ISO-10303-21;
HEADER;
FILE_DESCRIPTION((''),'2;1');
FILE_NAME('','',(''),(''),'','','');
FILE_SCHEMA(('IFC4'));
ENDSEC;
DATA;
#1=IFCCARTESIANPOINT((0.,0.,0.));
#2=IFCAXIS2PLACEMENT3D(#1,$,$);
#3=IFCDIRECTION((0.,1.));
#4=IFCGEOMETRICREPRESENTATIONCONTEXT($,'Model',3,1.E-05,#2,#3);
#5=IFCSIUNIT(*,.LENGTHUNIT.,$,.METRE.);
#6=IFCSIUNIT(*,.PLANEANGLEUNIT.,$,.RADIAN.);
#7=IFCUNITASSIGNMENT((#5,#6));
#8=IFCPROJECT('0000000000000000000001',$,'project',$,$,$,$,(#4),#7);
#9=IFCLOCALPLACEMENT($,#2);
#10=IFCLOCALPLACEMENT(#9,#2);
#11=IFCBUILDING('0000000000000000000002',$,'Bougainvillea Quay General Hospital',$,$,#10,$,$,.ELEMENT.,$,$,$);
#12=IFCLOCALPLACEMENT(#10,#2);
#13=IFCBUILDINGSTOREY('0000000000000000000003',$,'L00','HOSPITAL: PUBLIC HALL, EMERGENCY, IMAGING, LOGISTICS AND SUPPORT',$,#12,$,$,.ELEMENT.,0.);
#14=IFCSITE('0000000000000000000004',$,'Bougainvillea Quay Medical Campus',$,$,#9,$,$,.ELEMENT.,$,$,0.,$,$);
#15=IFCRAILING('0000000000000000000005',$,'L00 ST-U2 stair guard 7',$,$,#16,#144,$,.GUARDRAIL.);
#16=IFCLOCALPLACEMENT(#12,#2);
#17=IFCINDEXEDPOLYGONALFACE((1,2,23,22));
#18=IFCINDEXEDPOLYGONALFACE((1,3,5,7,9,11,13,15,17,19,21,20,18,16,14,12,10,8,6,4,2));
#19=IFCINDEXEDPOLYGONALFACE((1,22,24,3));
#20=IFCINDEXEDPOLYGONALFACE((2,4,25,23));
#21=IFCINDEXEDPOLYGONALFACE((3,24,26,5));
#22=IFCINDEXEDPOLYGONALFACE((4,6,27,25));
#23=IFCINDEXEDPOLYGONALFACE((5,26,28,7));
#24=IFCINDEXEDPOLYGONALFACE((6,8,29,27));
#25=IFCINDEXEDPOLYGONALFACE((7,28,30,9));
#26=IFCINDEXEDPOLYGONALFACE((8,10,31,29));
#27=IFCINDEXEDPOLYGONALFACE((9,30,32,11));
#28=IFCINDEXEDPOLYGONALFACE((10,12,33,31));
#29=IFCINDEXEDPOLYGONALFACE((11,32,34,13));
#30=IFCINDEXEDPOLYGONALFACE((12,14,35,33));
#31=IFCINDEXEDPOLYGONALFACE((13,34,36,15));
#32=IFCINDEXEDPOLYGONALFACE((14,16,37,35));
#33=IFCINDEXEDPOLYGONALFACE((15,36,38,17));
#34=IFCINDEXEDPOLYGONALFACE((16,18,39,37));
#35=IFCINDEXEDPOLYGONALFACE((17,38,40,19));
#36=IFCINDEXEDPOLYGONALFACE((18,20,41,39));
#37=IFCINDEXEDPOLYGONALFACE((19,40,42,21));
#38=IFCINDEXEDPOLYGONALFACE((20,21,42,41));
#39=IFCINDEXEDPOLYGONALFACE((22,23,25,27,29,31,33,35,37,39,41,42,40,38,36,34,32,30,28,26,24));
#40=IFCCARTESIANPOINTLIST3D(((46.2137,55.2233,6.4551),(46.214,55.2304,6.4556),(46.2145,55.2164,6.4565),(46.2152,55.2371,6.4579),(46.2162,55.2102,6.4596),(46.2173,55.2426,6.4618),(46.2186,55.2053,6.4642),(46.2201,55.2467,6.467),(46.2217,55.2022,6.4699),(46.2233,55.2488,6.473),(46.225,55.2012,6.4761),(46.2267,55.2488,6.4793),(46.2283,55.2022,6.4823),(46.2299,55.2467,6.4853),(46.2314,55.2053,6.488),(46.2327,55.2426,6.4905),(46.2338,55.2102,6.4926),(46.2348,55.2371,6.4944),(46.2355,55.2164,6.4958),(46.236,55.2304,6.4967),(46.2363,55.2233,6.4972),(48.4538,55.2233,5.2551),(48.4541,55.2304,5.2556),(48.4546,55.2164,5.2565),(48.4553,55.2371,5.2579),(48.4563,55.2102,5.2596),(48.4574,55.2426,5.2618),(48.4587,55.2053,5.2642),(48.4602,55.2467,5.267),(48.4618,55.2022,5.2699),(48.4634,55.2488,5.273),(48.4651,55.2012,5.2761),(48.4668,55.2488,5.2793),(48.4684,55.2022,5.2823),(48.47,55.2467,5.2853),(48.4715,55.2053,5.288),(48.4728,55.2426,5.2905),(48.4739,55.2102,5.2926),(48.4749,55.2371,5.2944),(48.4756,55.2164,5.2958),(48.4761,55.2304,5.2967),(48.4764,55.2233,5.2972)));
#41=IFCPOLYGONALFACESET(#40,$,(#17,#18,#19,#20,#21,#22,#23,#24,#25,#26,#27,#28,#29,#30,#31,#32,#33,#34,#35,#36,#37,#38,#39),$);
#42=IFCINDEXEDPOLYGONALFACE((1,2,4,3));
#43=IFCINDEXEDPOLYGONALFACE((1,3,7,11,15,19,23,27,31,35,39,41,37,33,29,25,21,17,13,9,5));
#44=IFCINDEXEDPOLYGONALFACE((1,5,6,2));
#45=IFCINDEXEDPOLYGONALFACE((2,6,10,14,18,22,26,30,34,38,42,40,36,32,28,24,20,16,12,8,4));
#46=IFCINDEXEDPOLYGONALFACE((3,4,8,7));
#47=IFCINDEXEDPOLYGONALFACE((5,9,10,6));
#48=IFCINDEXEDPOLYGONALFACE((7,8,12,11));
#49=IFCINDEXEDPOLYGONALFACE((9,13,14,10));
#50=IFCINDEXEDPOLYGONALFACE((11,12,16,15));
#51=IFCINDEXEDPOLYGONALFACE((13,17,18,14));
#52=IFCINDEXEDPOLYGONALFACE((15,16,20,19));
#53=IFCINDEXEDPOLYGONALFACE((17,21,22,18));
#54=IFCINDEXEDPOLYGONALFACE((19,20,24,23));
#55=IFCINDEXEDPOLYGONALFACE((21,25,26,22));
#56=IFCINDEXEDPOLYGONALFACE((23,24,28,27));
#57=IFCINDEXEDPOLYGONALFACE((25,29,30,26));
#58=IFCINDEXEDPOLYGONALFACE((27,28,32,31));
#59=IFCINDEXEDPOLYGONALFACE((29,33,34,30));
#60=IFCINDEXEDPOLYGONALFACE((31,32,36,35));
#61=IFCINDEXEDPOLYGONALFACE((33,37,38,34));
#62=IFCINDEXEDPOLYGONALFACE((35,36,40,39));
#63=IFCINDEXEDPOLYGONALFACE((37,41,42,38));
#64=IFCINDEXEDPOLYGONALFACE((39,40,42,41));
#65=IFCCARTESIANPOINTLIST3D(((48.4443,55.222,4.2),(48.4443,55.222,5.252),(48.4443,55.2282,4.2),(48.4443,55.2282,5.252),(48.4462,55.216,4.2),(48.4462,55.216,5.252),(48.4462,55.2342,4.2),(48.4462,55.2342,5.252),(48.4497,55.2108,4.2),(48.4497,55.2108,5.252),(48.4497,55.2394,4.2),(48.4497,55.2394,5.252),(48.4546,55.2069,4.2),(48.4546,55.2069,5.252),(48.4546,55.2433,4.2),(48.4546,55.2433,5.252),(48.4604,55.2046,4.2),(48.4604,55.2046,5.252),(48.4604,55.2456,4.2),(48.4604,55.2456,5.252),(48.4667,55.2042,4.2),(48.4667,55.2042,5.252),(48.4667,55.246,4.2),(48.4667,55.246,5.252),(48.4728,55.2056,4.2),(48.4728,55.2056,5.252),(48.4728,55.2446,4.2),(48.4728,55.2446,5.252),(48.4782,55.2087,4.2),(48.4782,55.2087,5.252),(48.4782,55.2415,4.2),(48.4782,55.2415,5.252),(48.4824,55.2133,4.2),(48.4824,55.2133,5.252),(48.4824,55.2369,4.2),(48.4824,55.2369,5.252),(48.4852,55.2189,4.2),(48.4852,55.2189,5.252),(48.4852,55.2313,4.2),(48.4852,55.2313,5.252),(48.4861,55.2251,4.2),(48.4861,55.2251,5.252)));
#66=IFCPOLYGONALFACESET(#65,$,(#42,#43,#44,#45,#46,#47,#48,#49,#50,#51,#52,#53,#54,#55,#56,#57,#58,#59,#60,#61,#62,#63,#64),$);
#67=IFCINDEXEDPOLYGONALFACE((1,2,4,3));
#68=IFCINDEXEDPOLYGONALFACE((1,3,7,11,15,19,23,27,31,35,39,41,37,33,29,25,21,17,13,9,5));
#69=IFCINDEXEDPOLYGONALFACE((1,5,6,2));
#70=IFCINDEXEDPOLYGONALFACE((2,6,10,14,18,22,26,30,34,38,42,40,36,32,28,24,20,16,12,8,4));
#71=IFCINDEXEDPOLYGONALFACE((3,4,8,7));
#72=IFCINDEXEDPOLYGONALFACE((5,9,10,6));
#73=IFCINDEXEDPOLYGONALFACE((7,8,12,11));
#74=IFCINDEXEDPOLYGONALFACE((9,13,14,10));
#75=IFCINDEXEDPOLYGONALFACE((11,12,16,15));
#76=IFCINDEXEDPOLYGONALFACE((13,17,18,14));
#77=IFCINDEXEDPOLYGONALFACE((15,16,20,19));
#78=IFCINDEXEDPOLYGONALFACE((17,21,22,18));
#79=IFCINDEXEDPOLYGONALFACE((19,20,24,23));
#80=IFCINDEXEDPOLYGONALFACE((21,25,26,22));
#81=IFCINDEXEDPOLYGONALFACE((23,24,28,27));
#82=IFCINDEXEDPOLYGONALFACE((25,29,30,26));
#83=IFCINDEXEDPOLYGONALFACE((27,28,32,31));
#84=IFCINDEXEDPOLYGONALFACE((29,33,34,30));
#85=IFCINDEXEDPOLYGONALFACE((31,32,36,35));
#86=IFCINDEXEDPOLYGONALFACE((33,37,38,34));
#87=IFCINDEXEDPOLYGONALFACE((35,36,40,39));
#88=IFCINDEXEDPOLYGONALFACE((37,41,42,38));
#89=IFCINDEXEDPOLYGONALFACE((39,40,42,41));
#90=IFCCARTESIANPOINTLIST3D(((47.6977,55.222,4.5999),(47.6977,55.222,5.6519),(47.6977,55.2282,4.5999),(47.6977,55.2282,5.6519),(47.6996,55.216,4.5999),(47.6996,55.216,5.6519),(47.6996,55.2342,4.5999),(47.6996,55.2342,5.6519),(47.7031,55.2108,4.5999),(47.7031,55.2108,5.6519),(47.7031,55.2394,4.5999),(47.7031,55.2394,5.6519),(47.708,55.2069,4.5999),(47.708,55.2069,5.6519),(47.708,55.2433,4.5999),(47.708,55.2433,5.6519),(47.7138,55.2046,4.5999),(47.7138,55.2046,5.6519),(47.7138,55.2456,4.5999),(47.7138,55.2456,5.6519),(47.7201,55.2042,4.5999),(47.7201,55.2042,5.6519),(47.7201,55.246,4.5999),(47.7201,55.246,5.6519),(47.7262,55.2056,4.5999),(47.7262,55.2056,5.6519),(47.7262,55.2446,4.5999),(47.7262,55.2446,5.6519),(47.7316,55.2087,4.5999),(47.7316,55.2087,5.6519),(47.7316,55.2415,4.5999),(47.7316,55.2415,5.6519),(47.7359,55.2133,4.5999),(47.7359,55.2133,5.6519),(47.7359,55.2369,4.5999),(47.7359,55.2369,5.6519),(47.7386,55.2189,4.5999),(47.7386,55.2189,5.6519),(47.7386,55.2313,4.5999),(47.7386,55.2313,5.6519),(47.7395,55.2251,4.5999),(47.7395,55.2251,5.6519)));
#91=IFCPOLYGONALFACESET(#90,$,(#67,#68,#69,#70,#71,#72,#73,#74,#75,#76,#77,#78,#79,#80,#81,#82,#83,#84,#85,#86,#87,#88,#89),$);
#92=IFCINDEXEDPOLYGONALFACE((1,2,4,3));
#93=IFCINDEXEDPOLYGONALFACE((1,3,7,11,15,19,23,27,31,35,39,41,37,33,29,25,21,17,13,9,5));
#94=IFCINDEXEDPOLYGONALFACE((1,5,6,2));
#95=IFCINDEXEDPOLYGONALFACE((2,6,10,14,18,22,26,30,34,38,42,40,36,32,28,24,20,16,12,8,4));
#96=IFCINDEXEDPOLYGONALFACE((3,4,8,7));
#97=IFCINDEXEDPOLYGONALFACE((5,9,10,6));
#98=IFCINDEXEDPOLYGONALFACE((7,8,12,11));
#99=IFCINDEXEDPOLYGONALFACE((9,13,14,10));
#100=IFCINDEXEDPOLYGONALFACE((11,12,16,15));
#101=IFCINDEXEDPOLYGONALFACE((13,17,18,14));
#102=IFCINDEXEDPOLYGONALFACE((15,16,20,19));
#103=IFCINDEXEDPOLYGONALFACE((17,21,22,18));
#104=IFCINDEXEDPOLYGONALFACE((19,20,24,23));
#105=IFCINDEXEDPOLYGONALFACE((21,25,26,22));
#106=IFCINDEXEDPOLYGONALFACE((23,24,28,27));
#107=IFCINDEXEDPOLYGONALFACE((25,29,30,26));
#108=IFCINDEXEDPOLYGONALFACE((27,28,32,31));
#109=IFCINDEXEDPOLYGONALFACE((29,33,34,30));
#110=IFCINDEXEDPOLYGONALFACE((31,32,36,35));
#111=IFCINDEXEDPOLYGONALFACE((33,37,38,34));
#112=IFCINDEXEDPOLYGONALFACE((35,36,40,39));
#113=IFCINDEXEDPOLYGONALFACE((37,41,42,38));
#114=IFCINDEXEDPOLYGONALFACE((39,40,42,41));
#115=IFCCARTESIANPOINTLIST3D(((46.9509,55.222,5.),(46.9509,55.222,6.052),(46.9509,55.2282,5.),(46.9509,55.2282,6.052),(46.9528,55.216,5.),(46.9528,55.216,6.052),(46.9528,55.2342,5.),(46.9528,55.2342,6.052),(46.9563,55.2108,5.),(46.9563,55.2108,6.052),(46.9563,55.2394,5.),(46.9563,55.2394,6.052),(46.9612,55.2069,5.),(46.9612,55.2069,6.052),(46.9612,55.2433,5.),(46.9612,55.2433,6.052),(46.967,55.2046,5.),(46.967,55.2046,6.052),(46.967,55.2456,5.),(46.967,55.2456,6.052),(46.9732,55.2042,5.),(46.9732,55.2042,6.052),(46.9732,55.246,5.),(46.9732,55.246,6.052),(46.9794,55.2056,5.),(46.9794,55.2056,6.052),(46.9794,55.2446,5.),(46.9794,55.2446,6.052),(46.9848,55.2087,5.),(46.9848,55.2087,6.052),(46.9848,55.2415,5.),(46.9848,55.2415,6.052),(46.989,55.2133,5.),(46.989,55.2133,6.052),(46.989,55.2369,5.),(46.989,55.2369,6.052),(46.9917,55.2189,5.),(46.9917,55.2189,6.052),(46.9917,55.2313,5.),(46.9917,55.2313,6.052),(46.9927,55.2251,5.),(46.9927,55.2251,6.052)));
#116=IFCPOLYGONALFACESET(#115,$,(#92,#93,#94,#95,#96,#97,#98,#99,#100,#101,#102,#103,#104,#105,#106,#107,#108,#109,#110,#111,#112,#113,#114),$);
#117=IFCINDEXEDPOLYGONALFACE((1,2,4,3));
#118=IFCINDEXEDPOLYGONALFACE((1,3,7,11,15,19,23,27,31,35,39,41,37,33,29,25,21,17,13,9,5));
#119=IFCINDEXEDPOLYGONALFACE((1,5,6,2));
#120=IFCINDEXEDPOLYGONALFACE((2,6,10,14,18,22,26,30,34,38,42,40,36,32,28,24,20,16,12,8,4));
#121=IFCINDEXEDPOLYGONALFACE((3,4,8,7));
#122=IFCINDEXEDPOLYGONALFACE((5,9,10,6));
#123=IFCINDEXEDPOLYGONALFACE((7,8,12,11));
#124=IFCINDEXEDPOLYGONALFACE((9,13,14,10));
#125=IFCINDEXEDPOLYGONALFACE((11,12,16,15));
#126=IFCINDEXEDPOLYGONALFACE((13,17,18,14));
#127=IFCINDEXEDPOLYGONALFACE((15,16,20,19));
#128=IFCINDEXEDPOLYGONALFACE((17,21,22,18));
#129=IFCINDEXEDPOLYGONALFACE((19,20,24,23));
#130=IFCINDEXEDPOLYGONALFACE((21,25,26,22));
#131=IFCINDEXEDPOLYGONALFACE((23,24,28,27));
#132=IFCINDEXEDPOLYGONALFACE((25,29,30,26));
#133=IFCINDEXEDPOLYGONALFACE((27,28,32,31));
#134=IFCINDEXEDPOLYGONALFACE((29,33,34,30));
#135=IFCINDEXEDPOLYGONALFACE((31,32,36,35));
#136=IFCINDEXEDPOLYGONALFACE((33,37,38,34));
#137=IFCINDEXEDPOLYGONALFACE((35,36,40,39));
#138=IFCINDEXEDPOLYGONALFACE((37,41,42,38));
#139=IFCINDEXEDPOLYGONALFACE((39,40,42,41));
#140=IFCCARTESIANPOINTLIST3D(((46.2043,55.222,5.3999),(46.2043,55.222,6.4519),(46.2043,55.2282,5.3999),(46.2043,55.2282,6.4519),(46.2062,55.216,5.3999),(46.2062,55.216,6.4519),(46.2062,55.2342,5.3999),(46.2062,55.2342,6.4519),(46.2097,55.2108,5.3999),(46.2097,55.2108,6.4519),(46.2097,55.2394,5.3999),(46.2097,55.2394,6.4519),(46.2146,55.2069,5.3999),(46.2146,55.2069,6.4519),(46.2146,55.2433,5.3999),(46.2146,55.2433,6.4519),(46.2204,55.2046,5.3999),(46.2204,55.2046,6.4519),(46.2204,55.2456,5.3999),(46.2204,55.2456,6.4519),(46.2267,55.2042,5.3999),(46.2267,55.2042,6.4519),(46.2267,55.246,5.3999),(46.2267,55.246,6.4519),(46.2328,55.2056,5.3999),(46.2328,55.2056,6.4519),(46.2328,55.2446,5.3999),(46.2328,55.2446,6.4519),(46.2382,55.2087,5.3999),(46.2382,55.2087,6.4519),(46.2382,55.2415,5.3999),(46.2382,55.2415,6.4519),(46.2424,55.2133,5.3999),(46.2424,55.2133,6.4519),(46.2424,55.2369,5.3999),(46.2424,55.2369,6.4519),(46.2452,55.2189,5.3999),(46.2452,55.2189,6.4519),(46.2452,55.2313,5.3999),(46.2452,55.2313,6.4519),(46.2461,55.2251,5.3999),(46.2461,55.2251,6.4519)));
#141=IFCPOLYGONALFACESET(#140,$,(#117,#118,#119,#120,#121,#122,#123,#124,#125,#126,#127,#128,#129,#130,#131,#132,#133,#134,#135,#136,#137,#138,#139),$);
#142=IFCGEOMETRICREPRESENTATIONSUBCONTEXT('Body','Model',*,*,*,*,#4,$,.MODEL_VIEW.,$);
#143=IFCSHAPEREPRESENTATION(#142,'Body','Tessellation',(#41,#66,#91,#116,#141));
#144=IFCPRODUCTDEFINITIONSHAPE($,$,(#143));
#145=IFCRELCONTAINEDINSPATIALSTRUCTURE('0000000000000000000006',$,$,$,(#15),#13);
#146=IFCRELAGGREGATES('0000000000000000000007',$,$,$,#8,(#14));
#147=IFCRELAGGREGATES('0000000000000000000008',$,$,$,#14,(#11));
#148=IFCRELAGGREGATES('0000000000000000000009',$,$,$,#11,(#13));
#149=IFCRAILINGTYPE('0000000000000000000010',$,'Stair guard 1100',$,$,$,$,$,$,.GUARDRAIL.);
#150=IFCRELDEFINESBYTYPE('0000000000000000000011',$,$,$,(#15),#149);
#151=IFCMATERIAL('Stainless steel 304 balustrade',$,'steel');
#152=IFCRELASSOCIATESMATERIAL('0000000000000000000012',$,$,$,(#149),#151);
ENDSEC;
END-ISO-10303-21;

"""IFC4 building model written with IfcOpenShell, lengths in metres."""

from ifc_helpers import new_model, si_unit, direction, frame, origin, origin_2d, place, context, subcontext, project, spatial, circle, extrude, material, type_object, element, save


model = new_model("IFC4")

# Units and contexts
model_context = context("Model", 3, precision=1e-05, world=origin(), true_north=direction((0.0, 1.0)))
body_context = subcontext(model_context, "Body", "Model", "MODEL_VIEW")
ifc_project = project(units=[si_unit("LENGTHUNIT", "METRE"), si_unit("PLANEANGLEUNIT", "RADIAN")], contexts=[model_context])

# Site, building, storey
site_placement = place(None, origin())
site = spatial("IfcSite", under=ifc_project, at=site_placement, Name="Bougainvillea Quay Medical Campus", CompositionType="ELEMENT", RefElevation=0.0)
building_placement = place(site_placement, origin())
building = spatial("IfcBuilding", under=site, at=building_placement, Name="Bougainvillea Quay General Hospital", CompositionType="ELEMENT")
storey_placement = place(building_placement, origin())
storey = spatial("IfcBuildingStorey", under=building, at=storey_placement, Name="L00", Description="HOSPITAL: PUBLIC HALL, EMERGENCY, IMAGING, LOGISTICS AND SUPPORT", CompositionType="ELEMENT", Elevation=0.0)

# Railing
ifc_material_1 = material(Name="Stainless steel 304 balustrade", Category="steel")
railing_type_1 = type_object("IfcRailingType", Name="Stair guard 1100", PredefinedType="GUARDRAIL", material=ifc_material_1)
railing_placement = place(storey_placement, frame((48.4651, 55.2251, 4.2)))
element("IfcRailing", 1, at=railing_placement, inside=storey, type_object=railing_type_1, Name="L00 ST-U2 stair guard 7", PredefinedType="GUARDRAIL", context=body_context, shape_type="SweptSolid", body=[
    extrude(circle(Radius=0.0239, at=origin_2d()), frame((0.0, 0.0, 1.0762), z_axis=(-0.881487, 0.0, 0.472208), x_axis=(0.0, -1.0, 0.0)), (0.0, 0.0, 1.0), 2.5413),
    extrude(circle(Radius=0.021, at=origin_2d()), origin(), (0.0, 0.0, 1.0), 1.052),
    extrude(circle(Radius=0.021, at=origin_2d()), frame((-0.7466, 0.0, 0.3999)), (0.0, 0.0, 1.0), 1.052),
    extrude(circle(Radius=0.021, at=origin_2d()), frame((-1.4934, 0.0, 0.8)), (0.0, 0.0, 1.0), 1.052),
    extrude(circle(Radius=0.021, at=origin_2d()), frame((-2.24, 0.0, 1.2)), (0.0, 0.0, 1.0), 1.052),
])

save(model, "model.ifc")
